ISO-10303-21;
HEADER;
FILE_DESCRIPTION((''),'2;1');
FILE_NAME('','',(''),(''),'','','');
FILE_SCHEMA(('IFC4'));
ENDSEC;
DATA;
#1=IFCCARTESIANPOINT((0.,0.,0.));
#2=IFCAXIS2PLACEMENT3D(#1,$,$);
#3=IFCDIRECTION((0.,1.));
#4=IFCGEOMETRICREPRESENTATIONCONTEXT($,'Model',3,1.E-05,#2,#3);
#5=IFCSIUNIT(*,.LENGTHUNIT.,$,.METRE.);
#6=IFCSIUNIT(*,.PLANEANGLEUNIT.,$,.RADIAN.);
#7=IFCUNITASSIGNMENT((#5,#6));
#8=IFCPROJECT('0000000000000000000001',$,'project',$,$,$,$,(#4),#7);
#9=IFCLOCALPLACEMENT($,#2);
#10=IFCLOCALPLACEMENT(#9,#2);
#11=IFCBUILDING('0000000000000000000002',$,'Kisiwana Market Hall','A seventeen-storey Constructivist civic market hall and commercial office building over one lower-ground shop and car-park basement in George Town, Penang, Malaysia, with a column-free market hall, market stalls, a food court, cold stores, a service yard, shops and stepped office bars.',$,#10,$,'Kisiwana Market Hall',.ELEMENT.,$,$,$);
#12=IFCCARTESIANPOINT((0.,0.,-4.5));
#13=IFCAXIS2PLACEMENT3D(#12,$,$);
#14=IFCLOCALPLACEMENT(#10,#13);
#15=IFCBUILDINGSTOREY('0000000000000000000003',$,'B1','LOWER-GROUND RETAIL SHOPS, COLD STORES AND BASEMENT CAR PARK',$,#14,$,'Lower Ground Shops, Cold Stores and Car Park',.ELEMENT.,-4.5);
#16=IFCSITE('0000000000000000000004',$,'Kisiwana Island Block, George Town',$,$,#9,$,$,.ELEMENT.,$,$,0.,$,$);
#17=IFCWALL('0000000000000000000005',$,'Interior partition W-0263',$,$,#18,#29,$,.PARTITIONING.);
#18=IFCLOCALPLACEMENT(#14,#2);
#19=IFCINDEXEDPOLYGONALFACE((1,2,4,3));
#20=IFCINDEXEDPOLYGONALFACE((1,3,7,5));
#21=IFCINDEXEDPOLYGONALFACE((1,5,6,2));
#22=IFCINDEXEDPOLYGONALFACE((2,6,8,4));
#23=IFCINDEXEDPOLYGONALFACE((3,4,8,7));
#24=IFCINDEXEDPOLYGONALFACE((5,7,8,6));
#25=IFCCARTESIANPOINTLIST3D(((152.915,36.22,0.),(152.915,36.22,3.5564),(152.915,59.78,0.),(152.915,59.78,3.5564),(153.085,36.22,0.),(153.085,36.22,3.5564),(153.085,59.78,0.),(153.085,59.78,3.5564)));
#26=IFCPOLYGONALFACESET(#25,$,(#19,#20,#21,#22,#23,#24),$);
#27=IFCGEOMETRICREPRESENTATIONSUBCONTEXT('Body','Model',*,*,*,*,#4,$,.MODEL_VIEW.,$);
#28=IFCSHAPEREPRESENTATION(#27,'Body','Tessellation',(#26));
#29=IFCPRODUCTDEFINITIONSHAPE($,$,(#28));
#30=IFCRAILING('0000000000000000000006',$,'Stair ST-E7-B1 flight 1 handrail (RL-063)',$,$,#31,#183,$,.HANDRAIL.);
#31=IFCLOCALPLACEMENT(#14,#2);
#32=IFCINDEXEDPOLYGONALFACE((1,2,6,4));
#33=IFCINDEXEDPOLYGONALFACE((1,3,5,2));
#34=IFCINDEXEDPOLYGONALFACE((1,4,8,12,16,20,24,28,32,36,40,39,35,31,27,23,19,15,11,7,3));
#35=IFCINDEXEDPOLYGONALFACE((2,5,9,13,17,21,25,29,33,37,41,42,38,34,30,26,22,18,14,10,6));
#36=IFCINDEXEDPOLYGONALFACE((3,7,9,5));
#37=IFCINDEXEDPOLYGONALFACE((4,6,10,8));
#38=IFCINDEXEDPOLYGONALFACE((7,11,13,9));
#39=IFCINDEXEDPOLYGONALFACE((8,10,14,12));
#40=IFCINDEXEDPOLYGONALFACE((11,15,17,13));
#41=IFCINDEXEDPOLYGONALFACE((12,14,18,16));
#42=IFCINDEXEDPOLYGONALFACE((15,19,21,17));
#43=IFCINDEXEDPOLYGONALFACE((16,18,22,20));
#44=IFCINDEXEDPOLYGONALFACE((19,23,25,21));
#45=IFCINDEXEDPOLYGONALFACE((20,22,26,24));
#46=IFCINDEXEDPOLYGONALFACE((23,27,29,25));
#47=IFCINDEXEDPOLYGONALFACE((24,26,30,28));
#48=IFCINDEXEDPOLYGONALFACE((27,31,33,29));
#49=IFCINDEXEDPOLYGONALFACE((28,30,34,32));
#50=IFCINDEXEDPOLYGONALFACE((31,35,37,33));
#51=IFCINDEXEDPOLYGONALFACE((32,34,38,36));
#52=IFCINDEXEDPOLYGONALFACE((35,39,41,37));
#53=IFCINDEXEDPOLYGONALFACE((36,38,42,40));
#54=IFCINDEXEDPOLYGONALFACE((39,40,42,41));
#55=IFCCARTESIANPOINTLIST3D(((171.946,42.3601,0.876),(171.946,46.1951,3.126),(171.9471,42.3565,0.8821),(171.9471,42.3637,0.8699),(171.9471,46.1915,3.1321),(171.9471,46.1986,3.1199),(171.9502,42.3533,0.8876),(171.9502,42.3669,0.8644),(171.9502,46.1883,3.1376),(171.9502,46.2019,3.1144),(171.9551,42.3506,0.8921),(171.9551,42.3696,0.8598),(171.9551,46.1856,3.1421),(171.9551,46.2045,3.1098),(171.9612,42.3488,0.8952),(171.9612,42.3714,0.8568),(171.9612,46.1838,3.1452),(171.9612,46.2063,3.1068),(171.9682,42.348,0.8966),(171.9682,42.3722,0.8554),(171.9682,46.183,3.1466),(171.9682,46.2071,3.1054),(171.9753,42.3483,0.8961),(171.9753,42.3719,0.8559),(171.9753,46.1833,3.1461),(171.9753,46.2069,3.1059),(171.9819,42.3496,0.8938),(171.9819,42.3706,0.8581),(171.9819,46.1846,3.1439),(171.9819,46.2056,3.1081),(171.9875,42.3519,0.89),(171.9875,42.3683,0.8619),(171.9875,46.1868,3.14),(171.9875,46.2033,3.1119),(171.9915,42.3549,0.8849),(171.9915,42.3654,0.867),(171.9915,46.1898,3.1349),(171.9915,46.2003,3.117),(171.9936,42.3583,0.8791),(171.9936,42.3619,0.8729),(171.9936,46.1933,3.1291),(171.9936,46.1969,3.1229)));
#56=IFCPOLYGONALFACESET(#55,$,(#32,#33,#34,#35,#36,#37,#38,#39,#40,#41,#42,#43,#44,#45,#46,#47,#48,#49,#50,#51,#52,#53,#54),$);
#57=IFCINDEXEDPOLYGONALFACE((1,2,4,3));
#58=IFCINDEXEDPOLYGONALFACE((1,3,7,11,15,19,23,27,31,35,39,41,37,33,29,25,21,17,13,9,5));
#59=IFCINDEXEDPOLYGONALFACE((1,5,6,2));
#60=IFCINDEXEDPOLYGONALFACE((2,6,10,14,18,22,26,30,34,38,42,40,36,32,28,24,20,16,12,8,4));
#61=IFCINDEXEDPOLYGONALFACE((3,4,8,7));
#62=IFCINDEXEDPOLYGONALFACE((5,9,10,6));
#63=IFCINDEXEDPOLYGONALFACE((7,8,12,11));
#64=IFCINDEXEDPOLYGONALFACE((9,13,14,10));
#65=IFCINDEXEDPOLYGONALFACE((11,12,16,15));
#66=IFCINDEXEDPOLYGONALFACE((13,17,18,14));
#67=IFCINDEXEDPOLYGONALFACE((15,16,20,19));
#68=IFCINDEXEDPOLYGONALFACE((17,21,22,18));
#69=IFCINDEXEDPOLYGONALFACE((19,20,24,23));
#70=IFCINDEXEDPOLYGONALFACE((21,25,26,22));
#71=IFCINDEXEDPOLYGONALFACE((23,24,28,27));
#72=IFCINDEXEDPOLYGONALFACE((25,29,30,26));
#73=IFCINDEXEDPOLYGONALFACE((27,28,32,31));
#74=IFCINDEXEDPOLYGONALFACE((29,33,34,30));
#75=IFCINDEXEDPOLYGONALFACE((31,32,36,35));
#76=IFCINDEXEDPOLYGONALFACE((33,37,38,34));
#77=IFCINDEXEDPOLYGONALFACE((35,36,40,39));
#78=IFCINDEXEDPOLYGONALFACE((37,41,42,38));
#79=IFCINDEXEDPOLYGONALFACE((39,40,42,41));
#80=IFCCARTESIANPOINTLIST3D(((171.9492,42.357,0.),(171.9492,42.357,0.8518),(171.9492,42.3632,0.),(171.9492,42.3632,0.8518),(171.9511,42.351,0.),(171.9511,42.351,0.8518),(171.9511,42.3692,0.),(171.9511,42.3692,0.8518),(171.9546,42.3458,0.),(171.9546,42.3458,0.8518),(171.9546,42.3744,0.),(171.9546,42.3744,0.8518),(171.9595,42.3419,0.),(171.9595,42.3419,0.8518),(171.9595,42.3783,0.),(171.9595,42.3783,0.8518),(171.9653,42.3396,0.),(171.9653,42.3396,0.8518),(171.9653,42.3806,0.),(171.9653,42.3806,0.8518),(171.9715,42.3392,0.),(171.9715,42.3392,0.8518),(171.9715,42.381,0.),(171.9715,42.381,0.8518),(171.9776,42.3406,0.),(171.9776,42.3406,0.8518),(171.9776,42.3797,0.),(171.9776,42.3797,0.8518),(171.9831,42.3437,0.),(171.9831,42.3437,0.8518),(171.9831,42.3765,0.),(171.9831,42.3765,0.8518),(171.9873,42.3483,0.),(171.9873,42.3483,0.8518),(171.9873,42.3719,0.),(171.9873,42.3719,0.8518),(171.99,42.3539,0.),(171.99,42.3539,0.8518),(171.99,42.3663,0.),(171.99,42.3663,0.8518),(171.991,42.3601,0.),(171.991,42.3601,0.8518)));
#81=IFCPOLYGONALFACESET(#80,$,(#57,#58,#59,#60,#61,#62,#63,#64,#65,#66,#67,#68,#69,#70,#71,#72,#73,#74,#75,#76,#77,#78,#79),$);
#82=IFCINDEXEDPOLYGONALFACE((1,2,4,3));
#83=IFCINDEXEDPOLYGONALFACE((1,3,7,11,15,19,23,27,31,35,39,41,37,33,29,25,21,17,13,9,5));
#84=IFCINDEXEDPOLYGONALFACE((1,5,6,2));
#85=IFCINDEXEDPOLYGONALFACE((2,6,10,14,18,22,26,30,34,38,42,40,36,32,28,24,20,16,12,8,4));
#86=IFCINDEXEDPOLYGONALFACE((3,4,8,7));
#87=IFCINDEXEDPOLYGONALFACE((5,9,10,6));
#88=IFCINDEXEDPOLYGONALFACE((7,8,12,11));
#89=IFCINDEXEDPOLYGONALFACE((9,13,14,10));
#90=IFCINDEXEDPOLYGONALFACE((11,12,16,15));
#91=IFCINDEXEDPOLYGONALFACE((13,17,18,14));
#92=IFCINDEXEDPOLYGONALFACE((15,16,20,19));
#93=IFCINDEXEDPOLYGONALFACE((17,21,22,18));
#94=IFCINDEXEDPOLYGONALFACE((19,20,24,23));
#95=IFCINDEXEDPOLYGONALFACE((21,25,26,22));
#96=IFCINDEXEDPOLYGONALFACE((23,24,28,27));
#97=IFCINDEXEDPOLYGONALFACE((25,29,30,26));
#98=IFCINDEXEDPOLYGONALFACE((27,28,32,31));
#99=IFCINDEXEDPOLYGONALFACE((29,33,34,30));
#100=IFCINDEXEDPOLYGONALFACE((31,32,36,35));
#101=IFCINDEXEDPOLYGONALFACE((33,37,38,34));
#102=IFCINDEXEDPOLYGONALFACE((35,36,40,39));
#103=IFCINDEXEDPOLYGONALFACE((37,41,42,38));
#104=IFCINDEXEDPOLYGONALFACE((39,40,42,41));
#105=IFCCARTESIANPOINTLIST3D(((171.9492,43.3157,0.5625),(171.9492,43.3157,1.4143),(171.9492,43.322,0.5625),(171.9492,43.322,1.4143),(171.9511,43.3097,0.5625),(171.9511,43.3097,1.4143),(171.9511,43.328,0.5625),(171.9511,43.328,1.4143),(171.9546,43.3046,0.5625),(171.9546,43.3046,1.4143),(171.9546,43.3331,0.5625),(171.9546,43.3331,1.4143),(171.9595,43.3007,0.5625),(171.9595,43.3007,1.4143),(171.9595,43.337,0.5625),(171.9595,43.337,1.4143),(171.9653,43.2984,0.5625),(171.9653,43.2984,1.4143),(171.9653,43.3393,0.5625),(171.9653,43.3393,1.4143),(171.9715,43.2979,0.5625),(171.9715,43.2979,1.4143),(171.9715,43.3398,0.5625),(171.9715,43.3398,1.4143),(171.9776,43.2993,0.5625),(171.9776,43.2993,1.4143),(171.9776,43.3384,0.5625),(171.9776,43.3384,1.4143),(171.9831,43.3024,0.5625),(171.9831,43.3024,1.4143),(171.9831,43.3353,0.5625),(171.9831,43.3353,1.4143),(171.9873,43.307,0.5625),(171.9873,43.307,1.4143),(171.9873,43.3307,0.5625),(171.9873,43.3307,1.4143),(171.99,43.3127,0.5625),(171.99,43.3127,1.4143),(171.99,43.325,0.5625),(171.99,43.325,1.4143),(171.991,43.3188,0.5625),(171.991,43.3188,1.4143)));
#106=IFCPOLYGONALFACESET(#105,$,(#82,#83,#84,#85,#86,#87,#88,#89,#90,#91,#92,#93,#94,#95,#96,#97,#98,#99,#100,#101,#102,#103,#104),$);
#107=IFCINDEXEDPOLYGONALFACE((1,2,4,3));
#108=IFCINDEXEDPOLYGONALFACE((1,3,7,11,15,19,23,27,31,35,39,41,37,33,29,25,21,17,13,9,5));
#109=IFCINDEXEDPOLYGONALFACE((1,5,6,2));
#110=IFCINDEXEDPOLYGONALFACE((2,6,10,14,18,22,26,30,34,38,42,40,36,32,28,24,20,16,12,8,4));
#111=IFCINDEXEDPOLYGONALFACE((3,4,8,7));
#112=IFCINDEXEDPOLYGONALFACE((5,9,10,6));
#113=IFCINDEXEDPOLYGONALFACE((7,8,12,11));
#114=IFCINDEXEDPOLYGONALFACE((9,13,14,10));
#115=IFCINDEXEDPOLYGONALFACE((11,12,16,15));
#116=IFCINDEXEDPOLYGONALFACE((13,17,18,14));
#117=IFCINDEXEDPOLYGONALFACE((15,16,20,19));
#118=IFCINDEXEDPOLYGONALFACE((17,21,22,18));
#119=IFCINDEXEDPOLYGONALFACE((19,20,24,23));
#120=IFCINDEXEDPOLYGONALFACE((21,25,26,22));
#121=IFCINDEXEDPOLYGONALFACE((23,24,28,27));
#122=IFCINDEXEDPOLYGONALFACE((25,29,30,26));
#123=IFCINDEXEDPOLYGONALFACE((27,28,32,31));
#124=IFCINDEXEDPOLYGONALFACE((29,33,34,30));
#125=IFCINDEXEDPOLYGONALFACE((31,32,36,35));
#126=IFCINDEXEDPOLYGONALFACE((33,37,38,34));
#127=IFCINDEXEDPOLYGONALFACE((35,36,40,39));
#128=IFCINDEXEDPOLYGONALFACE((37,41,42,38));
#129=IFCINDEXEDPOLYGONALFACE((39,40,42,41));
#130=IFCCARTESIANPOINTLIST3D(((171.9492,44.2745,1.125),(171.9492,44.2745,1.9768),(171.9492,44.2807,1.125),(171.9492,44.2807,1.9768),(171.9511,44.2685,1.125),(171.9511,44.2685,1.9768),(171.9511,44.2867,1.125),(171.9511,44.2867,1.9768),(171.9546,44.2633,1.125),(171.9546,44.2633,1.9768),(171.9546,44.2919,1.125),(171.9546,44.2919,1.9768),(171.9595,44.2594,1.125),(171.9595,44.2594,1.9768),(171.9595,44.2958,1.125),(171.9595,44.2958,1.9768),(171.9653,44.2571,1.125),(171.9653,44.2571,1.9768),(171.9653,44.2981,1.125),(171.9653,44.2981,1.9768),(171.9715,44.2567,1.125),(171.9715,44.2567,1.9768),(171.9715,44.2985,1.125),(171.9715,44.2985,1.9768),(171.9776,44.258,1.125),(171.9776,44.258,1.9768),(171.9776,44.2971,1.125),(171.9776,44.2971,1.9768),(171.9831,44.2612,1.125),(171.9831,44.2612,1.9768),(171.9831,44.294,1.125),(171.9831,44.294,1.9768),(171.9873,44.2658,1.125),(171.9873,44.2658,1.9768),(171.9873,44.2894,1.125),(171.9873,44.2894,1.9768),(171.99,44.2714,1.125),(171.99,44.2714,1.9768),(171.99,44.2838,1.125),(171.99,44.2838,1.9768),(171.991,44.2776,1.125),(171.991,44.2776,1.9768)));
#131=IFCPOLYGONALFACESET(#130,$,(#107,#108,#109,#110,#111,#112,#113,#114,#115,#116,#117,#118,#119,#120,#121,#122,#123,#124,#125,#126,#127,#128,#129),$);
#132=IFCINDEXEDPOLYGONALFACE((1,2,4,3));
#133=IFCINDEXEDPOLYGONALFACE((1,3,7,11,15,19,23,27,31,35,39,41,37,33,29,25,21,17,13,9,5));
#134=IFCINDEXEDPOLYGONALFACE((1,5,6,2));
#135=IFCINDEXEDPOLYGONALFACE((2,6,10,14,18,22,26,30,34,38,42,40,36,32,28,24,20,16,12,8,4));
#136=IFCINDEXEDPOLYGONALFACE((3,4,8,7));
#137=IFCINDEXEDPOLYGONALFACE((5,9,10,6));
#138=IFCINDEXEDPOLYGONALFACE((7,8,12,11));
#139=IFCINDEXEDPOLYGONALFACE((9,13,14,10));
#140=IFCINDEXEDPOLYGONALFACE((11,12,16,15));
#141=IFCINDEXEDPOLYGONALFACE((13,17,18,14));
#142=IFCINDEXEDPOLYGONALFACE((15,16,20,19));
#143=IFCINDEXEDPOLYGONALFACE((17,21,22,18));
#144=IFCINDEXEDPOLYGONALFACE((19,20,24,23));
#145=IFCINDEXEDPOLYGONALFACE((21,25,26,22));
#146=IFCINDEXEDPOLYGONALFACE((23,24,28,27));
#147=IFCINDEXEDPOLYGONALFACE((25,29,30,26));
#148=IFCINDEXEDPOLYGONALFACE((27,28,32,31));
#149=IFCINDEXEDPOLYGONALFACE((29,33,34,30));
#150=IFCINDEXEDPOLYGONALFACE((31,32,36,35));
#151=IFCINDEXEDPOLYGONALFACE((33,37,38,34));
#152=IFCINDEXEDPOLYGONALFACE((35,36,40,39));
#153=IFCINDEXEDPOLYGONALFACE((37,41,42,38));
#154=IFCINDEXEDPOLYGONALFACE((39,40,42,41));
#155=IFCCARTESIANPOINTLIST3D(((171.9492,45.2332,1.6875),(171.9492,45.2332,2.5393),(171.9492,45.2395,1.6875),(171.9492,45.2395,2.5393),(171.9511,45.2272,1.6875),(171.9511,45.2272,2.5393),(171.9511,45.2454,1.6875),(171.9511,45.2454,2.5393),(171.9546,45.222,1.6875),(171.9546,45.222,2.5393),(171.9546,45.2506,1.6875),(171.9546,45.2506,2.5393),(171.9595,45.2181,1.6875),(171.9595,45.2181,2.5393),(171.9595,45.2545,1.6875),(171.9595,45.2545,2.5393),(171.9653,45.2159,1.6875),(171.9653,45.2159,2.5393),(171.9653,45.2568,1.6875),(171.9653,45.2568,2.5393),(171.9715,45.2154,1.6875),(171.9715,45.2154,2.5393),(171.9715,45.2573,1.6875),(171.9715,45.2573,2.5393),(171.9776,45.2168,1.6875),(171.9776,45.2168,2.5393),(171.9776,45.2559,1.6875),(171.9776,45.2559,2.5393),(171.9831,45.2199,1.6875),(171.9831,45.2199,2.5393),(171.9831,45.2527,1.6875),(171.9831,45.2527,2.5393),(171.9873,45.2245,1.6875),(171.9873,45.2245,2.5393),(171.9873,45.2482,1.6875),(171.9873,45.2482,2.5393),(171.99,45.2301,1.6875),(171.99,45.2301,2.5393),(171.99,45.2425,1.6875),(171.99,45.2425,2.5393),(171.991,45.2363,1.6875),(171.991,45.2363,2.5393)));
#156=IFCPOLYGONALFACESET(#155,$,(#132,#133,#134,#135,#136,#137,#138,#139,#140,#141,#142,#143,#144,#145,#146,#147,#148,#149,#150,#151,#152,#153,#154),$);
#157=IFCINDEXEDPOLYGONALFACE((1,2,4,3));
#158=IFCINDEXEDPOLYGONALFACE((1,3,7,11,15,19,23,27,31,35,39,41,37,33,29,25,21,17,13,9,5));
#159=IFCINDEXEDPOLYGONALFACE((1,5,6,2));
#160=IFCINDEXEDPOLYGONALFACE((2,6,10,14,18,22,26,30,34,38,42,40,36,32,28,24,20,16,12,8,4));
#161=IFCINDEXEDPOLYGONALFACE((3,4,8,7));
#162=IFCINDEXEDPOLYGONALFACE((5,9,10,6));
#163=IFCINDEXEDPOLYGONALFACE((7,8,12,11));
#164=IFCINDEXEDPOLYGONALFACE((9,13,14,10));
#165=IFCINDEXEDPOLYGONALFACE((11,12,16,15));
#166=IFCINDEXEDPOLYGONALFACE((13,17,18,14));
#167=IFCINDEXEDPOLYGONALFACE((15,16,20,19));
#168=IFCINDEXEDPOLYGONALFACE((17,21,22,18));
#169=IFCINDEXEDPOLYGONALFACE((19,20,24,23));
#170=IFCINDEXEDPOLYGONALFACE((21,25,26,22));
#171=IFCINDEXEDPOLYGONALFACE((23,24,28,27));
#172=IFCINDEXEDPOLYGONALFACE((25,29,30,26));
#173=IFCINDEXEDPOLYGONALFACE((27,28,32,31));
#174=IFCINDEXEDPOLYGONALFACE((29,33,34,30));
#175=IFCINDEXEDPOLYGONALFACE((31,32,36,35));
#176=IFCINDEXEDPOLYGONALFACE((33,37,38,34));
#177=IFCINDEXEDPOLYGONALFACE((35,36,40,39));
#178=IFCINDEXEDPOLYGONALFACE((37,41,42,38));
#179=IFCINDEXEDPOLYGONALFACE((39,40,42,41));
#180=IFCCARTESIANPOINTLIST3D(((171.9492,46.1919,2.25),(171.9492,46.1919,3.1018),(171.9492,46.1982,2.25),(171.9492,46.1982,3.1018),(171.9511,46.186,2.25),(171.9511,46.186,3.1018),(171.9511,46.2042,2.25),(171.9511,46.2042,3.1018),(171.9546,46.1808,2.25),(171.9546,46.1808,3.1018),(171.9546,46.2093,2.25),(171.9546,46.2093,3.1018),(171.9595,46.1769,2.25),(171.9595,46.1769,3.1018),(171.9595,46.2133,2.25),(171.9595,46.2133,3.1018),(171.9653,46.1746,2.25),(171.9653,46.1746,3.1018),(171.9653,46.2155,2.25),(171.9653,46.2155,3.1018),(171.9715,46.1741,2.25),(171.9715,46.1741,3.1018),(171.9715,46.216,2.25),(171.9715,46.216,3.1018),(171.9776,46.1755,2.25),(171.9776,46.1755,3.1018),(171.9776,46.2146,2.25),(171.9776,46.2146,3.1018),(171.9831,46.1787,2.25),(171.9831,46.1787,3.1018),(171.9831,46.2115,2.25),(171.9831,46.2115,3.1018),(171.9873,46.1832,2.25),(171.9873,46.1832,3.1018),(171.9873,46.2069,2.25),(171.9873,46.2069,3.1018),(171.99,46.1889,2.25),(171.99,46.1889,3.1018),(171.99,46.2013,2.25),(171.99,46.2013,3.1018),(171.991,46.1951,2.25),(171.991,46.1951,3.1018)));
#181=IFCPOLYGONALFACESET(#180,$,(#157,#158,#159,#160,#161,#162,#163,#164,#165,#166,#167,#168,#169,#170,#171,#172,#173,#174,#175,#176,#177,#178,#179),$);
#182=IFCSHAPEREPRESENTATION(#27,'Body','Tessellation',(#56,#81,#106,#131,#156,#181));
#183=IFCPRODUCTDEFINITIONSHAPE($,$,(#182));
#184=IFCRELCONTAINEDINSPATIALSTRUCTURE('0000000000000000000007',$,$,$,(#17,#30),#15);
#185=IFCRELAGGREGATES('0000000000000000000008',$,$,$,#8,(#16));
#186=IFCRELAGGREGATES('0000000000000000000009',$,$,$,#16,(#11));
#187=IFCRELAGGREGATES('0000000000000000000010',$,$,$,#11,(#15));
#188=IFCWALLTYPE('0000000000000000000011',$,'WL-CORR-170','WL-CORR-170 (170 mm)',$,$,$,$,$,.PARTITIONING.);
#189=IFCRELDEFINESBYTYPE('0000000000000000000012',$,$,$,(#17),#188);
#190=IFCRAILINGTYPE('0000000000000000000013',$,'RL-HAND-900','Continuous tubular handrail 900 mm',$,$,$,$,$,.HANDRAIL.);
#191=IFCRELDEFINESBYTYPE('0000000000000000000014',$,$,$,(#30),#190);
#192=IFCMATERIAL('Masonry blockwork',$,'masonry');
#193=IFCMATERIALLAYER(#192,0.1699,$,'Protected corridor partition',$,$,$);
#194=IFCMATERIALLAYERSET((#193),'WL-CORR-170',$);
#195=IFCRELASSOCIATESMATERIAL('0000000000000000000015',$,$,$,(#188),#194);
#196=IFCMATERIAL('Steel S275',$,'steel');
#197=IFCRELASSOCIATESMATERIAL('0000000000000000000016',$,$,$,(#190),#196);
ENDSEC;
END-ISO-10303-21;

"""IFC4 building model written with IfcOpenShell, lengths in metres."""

from ifc_helpers import new_model, si_unit, direction, frame, frame_2d, origin, origin_2d, place, context, subcontext, project, spatial, rectangle, circle, extrude, material, layer, layer_set, type_object, element, save


model = new_model("IFC4")

# Units and contexts
model_context = context("Model", 3, precision=1e-05, world=origin(), true_north=direction((0.0, 1.0)))
body_context = subcontext(model_context, "Body", "Model", "MODEL_VIEW")
ifc_project = project(units=[si_unit("LENGTHUNIT", "METRE"), si_unit("PLANEANGLEUNIT", "RADIAN")], contexts=[model_context])

# Site, building, storey
site_placement = place(None, origin())
site = spatial("IfcSite", under=ifc_project, at=site_placement, Name="Kisiwana Island Block, George Town", CompositionType="ELEMENT", RefElevation=0.0)
building_placement = place(site_placement, origin())
building = spatial("IfcBuilding", under=site, at=building_placement, Name="Kisiwana Market Hall", Description="A seventeen-storey Constructivist civic market hall and commercial office building over one lower-ground shop and car-park basement in George Town, Penang, Malaysia, with a column-free market hall, market stalls, a food court, cold stores, a service yard, shops and stepped office bars.", LongName="Kisiwana Market Hall", CompositionType="ELEMENT")
storey_placement = place(building_placement, frame((0.0, 0.0, -4.5)))
storey = spatial("IfcBuildingStorey", under=building, at=storey_placement, Name="B1", Description="LOWER-GROUND RETAIL SHOPS, COLD STORES AND BASEMENT CAR PARK", LongName="Lower Ground Shops, Cold Stores and Car Park", CompositionType="ELEMENT", Elevation=-4.5)

# Wall
ifc_material_1 = material(Name="Masonry blockwork", Category="masonry")
ifc_layer_1 = layer(ifc_material_1, 0.1699, Name="Protected corridor partition")
ifc_layer_set_1 = layer_set([ifc_layer_1], Name="WL-CORR-170")
wall_type_1 = type_object("IfcWallType", Name="WL-CORR-170", Description="WL-CORR-170 (170 mm)", PredefinedType="PARTITIONING", material=ifc_layer_set_1)
wall_1_placement = place(storey_placement, frame((153.0, 36.22, 0.0), z_axis=(0.0, 0.0, 1.0), x_axis=(0.0, 1.0, 0.0)))
element("IfcWall", 1, at=wall_1_placement, inside=storey, type_object=wall_type_1, Name="Interior partition W-0263", PredefinedType="PARTITIONING", context=body_context, shape_type="SweptSolid", body=[
    extrude(rectangle(XDim=23.5601, YDim=0.1699, at=frame_2d((11.78, 0.0))), origin(), (0.0, 0.0, 1.0), 3.5564),
])

# Railing
ifc_material_2 = material(Name="Steel S275", Category="steel")
railing_type_1 = type_object("IfcRailingType", Name="RL-HAND-900", Description="Continuous tubular handrail 900 mm", PredefinedType="HANDRAIL", material=ifc_material_2)
for number, where, name in (
    (2, (171.97, 42.3601, 0.0), "Stair ST-E7-B1 flight 1 handrail (RL-063)"),
):
    element("IfcRailing", number, at=place(storey_placement, frame(where)), inside=storey, type_object=railing_type_1, Name=name, PredefinedType="HANDRAIL", context=body_context, shape_type="SweptSolid", body=[
        extrude(circle(Radius=0.0239, at=origin_2d()), frame((0.0, 0.0, 0.876), z_axis=(0.0, 0.86251, 0.506041), x_axis=(-1.0, 0.0, 0.0)), (0.0, 0.0, 1.0), 4.4463),
        extrude(circle(Radius=0.021, at=origin_2d()), origin(), (0.0, 0.0, 1.0), 0.8518),
        extrude(circle(Radius=0.021, at=origin_2d()), frame((0.0, 0.9587, 0.5625)), (0.0, 0.0, 1.0), 0.8518),
        extrude(circle(Radius=0.021, at=origin_2d()), frame((0.0, 1.9175, 1.125)), (0.0, 0.0, 1.0), 0.8518),
        extrude(circle(Radius=0.021, at=origin_2d()), frame((0.0, 2.8762, 1.6875)), (0.0, 0.0, 1.0), 0.8518),
        extrude(circle(Radius=0.021, at=origin_2d()), frame((0.0, 3.835, 2.25)), (0.0, 0.0, 1.0), 0.8518),
    ])

save(model, "model.ifc")
